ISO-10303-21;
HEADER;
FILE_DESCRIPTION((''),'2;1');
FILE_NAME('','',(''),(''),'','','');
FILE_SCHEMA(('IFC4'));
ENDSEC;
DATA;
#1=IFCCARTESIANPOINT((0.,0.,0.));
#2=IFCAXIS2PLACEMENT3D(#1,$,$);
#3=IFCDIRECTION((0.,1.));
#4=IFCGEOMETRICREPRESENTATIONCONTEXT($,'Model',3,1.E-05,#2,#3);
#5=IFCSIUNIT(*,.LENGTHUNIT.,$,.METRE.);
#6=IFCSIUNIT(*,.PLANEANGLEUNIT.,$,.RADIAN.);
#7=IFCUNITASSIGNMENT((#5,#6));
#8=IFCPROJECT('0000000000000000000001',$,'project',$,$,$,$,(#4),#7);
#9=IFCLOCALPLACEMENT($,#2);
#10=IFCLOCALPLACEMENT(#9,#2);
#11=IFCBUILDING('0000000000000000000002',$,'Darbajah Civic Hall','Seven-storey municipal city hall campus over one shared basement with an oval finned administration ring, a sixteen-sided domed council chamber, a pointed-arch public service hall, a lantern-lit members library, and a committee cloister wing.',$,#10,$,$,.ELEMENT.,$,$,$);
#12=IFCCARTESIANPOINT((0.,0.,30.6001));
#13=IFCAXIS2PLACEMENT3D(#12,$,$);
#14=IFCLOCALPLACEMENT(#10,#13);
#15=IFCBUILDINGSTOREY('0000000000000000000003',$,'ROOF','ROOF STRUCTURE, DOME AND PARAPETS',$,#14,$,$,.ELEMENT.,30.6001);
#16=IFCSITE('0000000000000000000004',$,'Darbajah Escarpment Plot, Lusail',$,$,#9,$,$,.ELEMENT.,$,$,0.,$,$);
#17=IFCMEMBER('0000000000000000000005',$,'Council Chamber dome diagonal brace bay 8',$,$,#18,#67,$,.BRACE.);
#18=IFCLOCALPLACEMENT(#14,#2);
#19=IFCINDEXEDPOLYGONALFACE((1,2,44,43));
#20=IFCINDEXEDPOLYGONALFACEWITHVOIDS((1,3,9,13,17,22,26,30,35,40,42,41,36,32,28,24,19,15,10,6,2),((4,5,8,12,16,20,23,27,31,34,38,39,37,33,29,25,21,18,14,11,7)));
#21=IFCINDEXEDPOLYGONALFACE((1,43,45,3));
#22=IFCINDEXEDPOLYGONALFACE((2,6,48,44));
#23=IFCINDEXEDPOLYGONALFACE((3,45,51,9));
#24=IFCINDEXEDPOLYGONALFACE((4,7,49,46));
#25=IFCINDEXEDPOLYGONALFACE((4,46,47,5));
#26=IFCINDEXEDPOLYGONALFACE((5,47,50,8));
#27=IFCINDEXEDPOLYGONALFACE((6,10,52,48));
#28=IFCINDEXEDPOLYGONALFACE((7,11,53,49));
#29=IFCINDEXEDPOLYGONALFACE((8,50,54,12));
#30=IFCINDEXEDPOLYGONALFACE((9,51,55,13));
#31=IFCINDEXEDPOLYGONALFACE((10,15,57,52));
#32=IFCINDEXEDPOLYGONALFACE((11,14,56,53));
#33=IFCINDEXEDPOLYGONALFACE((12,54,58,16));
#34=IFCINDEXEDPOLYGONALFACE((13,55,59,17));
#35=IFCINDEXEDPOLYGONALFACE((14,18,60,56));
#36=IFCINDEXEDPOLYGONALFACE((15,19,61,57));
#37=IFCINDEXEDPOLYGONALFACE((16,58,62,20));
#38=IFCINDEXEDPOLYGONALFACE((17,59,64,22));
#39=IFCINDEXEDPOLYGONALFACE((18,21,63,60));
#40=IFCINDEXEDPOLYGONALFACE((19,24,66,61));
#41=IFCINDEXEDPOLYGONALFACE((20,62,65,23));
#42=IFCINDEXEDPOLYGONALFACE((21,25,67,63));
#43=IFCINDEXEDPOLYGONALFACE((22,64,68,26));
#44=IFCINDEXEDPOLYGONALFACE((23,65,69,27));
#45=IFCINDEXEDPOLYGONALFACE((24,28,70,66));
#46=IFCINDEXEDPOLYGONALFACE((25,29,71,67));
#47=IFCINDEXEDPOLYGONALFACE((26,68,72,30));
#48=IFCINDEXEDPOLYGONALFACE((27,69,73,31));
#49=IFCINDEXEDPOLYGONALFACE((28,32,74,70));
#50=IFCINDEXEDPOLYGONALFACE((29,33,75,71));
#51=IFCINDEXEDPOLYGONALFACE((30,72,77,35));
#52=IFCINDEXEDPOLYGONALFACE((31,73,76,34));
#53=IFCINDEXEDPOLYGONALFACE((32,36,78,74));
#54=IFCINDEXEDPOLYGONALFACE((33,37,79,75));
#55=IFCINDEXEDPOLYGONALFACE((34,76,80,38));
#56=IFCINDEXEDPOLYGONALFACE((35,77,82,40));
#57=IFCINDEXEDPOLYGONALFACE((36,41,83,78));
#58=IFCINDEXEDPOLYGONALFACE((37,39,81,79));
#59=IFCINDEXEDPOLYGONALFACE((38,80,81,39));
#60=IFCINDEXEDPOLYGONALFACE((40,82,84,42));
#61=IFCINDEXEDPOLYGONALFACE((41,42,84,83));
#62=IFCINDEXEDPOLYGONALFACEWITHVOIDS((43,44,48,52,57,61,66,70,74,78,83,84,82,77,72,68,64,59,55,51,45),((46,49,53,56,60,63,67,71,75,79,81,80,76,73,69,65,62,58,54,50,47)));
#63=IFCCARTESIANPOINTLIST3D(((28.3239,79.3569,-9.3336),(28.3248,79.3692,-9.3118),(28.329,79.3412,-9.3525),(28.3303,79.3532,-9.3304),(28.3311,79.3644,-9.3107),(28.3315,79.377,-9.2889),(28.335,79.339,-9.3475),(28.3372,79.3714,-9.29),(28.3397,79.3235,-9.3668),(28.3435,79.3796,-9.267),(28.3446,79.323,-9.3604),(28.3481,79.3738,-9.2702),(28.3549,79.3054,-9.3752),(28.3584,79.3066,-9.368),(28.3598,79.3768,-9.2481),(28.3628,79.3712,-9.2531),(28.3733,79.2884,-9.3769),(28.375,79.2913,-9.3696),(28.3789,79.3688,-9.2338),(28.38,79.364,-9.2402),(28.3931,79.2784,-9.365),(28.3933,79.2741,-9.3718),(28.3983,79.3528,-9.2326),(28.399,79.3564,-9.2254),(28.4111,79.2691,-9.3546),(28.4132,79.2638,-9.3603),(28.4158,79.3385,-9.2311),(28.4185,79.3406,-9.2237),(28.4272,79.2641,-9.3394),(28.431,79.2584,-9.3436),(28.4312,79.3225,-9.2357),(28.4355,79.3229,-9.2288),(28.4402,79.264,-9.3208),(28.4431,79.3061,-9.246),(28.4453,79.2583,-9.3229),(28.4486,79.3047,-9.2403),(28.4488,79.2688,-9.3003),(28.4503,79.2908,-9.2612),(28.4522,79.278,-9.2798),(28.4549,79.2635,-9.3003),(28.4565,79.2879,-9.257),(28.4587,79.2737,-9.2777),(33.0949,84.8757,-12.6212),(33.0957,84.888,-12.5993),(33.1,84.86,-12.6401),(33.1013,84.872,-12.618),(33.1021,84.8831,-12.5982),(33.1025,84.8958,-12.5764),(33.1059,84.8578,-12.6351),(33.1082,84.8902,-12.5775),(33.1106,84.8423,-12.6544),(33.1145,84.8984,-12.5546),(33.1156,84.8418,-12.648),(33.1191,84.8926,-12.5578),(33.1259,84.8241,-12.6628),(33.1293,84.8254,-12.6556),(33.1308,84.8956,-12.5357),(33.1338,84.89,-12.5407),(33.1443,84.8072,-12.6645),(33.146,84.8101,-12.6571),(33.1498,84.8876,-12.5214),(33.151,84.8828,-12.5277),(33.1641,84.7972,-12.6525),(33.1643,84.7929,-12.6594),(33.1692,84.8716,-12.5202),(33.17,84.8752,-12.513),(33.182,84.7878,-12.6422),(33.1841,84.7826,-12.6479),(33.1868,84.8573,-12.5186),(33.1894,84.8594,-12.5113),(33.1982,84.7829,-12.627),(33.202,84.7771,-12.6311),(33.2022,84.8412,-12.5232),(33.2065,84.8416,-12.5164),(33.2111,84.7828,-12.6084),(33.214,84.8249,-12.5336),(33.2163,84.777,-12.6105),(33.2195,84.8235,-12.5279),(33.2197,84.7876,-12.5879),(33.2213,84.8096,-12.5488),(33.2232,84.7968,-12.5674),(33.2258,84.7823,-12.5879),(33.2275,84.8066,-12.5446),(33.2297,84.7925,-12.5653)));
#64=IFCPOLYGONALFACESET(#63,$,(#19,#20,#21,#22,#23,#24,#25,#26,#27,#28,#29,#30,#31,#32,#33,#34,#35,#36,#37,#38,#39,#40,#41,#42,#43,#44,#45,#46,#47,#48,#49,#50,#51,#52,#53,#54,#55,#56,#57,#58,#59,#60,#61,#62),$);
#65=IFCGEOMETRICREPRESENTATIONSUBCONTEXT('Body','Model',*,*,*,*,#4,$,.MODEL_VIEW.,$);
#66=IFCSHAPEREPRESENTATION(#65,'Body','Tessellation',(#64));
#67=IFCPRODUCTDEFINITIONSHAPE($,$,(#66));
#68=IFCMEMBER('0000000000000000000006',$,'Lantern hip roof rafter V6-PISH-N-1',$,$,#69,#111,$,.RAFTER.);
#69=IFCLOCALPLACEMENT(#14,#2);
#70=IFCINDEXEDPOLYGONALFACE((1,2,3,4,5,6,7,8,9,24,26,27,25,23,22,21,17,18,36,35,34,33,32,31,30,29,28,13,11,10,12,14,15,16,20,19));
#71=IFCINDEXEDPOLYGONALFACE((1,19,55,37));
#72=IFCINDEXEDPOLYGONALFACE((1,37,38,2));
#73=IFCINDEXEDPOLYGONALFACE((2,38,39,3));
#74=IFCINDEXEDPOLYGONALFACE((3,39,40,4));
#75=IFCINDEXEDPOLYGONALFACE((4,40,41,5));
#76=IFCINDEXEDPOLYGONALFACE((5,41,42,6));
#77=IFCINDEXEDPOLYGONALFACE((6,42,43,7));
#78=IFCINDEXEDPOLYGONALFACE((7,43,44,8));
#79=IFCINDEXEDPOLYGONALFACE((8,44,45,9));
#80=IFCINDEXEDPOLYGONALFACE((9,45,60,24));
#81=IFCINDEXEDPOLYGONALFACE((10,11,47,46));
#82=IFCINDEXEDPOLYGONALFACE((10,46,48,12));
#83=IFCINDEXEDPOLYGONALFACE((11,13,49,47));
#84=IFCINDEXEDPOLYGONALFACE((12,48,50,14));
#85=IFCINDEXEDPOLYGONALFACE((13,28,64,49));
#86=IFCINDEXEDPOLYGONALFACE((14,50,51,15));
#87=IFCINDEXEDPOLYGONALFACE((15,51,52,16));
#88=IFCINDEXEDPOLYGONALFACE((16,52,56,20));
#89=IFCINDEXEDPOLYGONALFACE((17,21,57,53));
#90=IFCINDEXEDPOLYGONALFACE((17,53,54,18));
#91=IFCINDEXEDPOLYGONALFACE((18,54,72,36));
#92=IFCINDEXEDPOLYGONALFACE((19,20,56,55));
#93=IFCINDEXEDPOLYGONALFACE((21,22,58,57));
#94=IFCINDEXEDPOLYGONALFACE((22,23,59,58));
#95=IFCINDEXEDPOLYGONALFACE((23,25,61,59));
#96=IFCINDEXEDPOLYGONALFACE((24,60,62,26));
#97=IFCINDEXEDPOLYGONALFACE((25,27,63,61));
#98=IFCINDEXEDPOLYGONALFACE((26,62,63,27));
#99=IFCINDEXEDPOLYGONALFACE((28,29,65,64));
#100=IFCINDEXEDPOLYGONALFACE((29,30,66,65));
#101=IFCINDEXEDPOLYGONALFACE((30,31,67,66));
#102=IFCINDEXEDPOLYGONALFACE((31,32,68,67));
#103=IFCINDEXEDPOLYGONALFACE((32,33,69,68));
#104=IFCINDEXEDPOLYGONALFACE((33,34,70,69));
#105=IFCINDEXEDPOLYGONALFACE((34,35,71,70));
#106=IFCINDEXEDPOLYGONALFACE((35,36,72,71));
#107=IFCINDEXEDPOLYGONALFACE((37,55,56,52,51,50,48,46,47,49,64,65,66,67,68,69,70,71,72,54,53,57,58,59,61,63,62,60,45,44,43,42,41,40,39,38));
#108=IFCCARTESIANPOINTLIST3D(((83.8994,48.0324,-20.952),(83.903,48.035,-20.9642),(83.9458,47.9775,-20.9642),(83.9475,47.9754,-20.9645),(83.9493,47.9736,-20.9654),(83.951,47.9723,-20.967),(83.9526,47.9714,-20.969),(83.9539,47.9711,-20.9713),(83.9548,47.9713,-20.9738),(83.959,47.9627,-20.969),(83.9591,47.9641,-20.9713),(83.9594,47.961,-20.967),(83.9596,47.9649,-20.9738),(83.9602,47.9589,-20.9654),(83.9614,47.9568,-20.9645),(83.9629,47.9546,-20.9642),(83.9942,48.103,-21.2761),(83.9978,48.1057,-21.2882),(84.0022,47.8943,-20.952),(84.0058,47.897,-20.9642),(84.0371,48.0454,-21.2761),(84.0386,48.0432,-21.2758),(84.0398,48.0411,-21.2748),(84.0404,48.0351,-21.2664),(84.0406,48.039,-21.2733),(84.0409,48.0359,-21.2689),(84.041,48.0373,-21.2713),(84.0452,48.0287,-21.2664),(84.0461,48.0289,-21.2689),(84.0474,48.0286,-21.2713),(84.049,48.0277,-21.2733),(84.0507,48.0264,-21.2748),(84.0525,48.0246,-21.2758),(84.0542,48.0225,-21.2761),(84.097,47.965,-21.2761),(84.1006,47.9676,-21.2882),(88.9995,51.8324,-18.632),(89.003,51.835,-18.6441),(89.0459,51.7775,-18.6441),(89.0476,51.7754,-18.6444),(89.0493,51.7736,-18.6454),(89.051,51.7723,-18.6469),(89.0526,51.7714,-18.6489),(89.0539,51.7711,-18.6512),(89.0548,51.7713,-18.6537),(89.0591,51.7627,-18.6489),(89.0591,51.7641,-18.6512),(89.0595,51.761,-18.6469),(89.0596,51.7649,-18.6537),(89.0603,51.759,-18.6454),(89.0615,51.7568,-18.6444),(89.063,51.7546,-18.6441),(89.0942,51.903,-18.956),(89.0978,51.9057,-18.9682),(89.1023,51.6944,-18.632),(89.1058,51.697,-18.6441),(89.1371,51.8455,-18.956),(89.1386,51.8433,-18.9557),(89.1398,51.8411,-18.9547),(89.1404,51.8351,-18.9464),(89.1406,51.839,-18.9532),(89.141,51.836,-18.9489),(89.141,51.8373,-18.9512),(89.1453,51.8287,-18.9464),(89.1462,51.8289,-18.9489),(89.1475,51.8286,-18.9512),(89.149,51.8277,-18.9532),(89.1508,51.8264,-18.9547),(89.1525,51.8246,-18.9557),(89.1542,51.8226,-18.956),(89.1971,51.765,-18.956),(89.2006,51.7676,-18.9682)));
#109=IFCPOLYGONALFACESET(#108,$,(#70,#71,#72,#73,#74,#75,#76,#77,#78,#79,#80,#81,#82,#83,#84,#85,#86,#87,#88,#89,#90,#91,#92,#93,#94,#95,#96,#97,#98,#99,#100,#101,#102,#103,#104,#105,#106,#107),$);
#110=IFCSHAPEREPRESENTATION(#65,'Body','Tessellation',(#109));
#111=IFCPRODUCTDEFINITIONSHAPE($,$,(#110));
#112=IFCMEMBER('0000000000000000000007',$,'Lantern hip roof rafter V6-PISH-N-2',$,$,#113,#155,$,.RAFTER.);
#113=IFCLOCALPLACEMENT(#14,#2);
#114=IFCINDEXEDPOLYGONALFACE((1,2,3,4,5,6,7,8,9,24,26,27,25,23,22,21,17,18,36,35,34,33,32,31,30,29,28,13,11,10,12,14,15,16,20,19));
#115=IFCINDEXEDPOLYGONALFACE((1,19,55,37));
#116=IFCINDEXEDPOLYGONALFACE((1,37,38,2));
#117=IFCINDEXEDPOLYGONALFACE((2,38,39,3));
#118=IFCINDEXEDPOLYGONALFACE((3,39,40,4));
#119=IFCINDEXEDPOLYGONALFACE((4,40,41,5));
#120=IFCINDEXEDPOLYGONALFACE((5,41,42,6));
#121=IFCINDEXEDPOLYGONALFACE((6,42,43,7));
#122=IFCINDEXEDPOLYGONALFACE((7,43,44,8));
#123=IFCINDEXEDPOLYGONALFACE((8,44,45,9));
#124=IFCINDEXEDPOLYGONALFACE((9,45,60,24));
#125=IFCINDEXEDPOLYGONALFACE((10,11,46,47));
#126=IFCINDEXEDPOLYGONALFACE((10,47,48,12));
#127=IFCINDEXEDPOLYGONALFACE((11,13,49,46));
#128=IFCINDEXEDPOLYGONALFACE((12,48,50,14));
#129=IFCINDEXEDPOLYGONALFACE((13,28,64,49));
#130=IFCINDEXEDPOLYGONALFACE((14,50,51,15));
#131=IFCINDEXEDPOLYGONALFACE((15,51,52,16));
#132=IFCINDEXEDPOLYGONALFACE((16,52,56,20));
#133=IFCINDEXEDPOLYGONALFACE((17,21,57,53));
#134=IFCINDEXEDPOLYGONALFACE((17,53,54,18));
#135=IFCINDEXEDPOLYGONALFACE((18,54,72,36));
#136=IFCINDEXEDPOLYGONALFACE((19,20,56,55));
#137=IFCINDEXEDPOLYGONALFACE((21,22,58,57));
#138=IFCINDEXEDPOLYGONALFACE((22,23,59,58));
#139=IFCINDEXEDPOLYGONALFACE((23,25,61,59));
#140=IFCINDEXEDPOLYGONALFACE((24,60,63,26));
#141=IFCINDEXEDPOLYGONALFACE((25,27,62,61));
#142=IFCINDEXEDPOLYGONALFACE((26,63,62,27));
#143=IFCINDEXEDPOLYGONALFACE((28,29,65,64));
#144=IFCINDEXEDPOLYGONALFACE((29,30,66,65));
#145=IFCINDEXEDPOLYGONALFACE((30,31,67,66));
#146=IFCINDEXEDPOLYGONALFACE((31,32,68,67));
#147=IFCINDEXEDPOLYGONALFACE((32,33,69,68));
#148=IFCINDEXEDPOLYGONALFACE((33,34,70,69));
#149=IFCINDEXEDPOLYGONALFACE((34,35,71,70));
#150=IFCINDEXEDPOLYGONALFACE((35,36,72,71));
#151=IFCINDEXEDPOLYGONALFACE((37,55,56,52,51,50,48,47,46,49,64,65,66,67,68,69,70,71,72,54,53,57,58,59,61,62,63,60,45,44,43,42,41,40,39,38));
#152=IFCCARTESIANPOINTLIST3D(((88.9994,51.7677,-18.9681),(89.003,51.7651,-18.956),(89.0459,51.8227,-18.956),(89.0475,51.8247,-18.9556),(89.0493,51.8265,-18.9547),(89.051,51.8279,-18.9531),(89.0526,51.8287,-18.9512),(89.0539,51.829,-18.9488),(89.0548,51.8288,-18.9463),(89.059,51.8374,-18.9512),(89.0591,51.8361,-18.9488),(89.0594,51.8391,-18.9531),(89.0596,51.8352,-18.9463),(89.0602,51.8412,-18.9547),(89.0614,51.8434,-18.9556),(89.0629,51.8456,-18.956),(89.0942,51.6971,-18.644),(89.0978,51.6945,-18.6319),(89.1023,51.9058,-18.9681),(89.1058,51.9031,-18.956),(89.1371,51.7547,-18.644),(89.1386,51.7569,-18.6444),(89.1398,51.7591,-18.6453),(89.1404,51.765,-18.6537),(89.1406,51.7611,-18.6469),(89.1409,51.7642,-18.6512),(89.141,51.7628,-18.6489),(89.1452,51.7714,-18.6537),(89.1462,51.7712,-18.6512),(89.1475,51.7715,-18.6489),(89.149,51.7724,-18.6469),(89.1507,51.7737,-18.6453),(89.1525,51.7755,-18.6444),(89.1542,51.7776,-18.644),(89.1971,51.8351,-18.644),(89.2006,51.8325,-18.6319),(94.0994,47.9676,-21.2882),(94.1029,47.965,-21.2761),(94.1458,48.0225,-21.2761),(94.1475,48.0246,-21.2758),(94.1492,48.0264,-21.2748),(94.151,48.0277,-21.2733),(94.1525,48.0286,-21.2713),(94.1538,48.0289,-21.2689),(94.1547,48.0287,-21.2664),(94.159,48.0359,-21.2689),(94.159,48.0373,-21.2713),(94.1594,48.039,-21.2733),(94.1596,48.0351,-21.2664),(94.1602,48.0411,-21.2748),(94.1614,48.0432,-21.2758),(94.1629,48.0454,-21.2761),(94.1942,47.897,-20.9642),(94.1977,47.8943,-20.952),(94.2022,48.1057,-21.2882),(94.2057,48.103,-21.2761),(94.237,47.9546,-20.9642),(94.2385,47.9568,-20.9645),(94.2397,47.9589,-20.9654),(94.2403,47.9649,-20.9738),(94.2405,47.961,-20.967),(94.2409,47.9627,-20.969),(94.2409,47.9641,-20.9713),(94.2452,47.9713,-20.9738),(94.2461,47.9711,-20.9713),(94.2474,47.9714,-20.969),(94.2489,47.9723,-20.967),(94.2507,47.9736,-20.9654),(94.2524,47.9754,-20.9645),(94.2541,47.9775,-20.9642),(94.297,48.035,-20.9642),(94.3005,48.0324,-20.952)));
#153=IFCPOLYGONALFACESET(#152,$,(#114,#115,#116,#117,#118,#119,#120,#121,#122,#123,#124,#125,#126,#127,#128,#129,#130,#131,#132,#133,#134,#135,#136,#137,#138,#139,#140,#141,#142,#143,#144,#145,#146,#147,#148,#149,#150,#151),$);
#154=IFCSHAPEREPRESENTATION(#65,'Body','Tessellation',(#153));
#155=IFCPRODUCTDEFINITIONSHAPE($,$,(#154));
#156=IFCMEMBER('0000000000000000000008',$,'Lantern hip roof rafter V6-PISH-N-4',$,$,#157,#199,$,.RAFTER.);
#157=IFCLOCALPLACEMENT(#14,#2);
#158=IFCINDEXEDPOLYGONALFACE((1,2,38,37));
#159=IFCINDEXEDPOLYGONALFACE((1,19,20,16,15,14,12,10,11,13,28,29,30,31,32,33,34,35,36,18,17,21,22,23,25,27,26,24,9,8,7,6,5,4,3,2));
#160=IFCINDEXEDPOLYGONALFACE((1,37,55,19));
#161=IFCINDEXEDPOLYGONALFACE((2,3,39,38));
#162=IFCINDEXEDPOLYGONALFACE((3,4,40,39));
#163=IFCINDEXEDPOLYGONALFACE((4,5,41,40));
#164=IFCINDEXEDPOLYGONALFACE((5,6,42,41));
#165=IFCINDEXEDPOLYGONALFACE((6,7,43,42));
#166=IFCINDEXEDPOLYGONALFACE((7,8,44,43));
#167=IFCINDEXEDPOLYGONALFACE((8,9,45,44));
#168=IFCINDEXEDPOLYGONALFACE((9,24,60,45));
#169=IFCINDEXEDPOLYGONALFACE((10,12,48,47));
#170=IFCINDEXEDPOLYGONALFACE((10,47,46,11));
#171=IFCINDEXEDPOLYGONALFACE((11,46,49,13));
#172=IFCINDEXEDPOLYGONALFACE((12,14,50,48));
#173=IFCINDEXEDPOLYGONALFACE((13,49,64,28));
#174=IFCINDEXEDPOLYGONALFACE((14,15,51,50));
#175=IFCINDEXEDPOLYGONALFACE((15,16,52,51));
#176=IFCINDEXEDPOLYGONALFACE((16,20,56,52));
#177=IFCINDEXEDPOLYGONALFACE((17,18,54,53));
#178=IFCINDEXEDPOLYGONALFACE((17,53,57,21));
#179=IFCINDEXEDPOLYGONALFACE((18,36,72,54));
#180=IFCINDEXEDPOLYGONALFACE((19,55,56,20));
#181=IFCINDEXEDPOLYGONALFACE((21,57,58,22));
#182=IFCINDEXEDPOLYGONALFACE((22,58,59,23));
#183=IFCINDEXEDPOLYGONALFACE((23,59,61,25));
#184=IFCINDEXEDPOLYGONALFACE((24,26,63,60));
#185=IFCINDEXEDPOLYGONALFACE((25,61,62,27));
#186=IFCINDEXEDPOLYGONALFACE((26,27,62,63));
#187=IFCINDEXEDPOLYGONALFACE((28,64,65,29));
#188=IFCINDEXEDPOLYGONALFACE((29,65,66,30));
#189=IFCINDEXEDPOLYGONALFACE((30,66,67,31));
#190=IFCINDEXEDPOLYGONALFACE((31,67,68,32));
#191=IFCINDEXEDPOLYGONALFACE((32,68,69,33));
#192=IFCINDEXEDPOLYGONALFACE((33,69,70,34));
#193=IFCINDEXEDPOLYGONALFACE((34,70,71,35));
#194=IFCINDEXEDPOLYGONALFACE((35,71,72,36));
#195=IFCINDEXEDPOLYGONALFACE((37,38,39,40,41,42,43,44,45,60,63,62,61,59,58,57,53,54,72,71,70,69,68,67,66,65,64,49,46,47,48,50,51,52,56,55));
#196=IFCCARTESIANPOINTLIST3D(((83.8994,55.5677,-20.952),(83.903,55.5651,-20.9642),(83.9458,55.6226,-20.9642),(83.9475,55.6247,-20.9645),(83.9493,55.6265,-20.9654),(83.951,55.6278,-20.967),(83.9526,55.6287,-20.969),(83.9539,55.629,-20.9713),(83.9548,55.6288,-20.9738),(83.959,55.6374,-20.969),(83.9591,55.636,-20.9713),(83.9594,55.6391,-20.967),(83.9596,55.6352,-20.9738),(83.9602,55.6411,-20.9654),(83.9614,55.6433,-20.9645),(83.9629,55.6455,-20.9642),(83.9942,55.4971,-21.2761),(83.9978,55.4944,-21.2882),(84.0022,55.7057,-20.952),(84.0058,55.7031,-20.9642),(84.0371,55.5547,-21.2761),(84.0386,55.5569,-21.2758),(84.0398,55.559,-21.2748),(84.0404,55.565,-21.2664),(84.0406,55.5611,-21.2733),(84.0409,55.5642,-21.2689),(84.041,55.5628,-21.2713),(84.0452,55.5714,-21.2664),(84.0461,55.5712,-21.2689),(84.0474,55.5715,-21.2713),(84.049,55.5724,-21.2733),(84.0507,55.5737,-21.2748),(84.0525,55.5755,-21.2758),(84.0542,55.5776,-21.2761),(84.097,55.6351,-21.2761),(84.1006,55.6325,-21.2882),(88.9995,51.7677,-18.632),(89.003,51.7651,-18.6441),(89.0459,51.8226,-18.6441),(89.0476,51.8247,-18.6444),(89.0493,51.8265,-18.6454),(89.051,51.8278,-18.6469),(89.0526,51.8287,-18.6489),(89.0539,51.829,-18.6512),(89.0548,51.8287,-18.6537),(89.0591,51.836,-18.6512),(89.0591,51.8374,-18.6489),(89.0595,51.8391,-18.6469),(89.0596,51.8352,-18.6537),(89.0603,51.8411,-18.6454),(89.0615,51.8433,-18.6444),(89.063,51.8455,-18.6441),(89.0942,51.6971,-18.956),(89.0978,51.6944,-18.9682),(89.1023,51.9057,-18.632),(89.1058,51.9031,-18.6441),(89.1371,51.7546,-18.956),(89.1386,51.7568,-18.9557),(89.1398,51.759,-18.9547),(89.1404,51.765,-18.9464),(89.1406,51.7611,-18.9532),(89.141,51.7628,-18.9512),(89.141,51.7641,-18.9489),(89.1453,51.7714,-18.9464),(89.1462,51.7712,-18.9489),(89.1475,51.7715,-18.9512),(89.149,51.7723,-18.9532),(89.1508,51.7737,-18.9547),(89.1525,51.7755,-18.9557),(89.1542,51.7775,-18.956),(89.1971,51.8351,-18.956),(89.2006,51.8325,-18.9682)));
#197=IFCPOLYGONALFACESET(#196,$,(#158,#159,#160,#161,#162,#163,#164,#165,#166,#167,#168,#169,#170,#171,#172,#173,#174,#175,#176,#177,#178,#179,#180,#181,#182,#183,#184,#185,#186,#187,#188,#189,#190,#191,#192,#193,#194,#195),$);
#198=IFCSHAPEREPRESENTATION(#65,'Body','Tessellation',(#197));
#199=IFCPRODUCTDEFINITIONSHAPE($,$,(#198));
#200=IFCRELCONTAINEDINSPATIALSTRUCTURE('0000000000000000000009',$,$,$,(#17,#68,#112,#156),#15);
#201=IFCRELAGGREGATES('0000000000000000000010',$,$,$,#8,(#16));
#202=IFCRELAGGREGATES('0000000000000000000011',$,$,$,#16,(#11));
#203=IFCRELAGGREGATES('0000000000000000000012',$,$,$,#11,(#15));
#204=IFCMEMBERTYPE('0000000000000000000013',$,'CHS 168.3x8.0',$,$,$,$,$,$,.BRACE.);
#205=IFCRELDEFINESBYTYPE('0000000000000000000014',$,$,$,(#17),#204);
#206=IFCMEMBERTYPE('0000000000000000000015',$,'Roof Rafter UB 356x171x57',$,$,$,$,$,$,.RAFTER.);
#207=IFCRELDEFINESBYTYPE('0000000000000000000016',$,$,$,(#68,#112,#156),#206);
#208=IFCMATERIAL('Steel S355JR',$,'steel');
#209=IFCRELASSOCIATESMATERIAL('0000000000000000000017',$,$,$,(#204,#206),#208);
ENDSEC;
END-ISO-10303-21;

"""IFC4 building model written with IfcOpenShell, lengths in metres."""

from ifc_helpers import new_model, si_unit, direction, frame, origin, origin_2d, place, context, subcontext, project, spatial, hollow_circle, i_section, extrude, material, material_profile, profile_set, type_object, element, save


model = new_model("IFC4")

# Units and contexts
model_context = context("Model", 3, precision=1e-05, world=origin(), true_north=direction((0.0, 1.0)))
body_context = subcontext(model_context, "Body", "Model", "MODEL_VIEW")
ifc_project = project(units=[si_unit("LENGTHUNIT", "METRE"), si_unit("PLANEANGLEUNIT", "RADIAN")], contexts=[model_context])

# Site, building, storey
site_placement = place(None, origin())
site = spatial("IfcSite", under=ifc_project, at=site_placement, Name="Darbajah Escarpment Plot, Lusail", CompositionType="ELEMENT", RefElevation=0.0)
building_placement = place(site_placement, origin())
building = spatial("IfcBuilding", under=site, at=building_placement, Name="Darbajah Civic Hall", Description="Seven-storey municipal city hall campus over one shared basement with an oval finned administration ring, a sixteen-sided domed council chamber, a pointed-arch public service hall, a lantern-lit members library, and a committee cloister wing.", CompositionType="ELEMENT")
storey_placement = place(building_placement, frame((0.0, 0.0, 30.6001)))
storey = spatial("IfcBuildingStorey", under=building, at=storey_placement, Name="ROOF", Description="ROOF STRUCTURE, DOME AND PARAPETS", CompositionType="ELEMENT", Elevation=30.6001)

# Members
ifc_material_1 = material(Name="Steel S355JR", Category="steel")
ifc_material_profile_1 = material_profile(ifc_material_1, hollow_circle(Radius=0.0842, WallThickness=0.0081, at=origin_2d()), Name="CHS 168.3x8.0")
ifc_profile_set_1 = profile_set([ifc_material_profile_1], Name="Steel S355JR")
member_type_1 = type_object("IfcMemberType", Name="CHS 168.3x8.0", PredefinedType="BRACE", material=ifc_profile_set_1)
for number, where, z_axis, x_axis, name in (
    (1, (33.1621, 84.8374, -12.5879), (-0.596245, -0.6897, 0.41086), (0.7565, -0.653994, 0.0), "Council Chamber dome diagonal brace bay 8"),
):
    element("IfcMember", number, at=place(storey_placement, frame(where, z_axis=z_axis, x_axis=x_axis)), inside=storey, type_object=member_type_1, Name=name, PredefinedType="BRACE", context=body_context, shape_type="SweptSolid", body=[
        extrude(hollow_circle(Radius=0.0842, WallThickness=0.0081, at=origin_2d()), origin(), (0.0, 0.0, 1.0), 8.0017),
    ])
ifc_material_profile_2 = material_profile(ifc_material_1, i_section(OverallWidth=0.1721, OverallDepth=0.3579, WebThickness=0.0081, FlangeThickness=0.0129, FilletRadius=0.0103, at=origin_2d()), Name="UB 356x171x57")
ifc_profile_set_2 = profile_set([ifc_material_profile_2], Name="Steel S355JR")
member_type_2 = type_object("IfcMemberType", Name="Roof Rafter UB 356x171x57", PredefinedType="RAFTER", material=ifc_profile_set_2)
for number, where, z_axis, x_axis, name in (
    (2, (84.0, 48.0, -21.1201), (0.753328, 0.5613, 0.342694), (-0.597479, 0.801885, 0.0), "Lantern hip roof rafter V6-PISH-N-1"),
    (3, (94.2, 48.0, -21.1201), (-0.753313, 0.561315, 0.342703), (-0.597497, -0.801871, 0.0), "Lantern hip roof rafter V6-PISH-N-2"),
    (4, (84.0, 55.6001, -21.1201), (0.753328, -0.5613, 0.342694), (0.597479, 0.801885, 0.0), "Lantern hip roof rafter V6-PISH-N-4"),
):
    element("IfcMember", number, at=place(storey_placement, frame(where, z_axis=z_axis, x_axis=x_axis)), inside=storey, type_object=member_type_2, Name=name, PredefinedType="RAFTER", context=body_context, shape_type="SweptSolid", body=[
        extrude(i_section(OverallWidth=0.1721, OverallDepth=0.3579, WebThickness=0.0081, FlangeThickness=0.0129, FilletRadius=0.0103, at=origin_2d()), origin(), (0.0, 0.0, 1.0), 6.77),
    ])

save(model, "model.ifc")
